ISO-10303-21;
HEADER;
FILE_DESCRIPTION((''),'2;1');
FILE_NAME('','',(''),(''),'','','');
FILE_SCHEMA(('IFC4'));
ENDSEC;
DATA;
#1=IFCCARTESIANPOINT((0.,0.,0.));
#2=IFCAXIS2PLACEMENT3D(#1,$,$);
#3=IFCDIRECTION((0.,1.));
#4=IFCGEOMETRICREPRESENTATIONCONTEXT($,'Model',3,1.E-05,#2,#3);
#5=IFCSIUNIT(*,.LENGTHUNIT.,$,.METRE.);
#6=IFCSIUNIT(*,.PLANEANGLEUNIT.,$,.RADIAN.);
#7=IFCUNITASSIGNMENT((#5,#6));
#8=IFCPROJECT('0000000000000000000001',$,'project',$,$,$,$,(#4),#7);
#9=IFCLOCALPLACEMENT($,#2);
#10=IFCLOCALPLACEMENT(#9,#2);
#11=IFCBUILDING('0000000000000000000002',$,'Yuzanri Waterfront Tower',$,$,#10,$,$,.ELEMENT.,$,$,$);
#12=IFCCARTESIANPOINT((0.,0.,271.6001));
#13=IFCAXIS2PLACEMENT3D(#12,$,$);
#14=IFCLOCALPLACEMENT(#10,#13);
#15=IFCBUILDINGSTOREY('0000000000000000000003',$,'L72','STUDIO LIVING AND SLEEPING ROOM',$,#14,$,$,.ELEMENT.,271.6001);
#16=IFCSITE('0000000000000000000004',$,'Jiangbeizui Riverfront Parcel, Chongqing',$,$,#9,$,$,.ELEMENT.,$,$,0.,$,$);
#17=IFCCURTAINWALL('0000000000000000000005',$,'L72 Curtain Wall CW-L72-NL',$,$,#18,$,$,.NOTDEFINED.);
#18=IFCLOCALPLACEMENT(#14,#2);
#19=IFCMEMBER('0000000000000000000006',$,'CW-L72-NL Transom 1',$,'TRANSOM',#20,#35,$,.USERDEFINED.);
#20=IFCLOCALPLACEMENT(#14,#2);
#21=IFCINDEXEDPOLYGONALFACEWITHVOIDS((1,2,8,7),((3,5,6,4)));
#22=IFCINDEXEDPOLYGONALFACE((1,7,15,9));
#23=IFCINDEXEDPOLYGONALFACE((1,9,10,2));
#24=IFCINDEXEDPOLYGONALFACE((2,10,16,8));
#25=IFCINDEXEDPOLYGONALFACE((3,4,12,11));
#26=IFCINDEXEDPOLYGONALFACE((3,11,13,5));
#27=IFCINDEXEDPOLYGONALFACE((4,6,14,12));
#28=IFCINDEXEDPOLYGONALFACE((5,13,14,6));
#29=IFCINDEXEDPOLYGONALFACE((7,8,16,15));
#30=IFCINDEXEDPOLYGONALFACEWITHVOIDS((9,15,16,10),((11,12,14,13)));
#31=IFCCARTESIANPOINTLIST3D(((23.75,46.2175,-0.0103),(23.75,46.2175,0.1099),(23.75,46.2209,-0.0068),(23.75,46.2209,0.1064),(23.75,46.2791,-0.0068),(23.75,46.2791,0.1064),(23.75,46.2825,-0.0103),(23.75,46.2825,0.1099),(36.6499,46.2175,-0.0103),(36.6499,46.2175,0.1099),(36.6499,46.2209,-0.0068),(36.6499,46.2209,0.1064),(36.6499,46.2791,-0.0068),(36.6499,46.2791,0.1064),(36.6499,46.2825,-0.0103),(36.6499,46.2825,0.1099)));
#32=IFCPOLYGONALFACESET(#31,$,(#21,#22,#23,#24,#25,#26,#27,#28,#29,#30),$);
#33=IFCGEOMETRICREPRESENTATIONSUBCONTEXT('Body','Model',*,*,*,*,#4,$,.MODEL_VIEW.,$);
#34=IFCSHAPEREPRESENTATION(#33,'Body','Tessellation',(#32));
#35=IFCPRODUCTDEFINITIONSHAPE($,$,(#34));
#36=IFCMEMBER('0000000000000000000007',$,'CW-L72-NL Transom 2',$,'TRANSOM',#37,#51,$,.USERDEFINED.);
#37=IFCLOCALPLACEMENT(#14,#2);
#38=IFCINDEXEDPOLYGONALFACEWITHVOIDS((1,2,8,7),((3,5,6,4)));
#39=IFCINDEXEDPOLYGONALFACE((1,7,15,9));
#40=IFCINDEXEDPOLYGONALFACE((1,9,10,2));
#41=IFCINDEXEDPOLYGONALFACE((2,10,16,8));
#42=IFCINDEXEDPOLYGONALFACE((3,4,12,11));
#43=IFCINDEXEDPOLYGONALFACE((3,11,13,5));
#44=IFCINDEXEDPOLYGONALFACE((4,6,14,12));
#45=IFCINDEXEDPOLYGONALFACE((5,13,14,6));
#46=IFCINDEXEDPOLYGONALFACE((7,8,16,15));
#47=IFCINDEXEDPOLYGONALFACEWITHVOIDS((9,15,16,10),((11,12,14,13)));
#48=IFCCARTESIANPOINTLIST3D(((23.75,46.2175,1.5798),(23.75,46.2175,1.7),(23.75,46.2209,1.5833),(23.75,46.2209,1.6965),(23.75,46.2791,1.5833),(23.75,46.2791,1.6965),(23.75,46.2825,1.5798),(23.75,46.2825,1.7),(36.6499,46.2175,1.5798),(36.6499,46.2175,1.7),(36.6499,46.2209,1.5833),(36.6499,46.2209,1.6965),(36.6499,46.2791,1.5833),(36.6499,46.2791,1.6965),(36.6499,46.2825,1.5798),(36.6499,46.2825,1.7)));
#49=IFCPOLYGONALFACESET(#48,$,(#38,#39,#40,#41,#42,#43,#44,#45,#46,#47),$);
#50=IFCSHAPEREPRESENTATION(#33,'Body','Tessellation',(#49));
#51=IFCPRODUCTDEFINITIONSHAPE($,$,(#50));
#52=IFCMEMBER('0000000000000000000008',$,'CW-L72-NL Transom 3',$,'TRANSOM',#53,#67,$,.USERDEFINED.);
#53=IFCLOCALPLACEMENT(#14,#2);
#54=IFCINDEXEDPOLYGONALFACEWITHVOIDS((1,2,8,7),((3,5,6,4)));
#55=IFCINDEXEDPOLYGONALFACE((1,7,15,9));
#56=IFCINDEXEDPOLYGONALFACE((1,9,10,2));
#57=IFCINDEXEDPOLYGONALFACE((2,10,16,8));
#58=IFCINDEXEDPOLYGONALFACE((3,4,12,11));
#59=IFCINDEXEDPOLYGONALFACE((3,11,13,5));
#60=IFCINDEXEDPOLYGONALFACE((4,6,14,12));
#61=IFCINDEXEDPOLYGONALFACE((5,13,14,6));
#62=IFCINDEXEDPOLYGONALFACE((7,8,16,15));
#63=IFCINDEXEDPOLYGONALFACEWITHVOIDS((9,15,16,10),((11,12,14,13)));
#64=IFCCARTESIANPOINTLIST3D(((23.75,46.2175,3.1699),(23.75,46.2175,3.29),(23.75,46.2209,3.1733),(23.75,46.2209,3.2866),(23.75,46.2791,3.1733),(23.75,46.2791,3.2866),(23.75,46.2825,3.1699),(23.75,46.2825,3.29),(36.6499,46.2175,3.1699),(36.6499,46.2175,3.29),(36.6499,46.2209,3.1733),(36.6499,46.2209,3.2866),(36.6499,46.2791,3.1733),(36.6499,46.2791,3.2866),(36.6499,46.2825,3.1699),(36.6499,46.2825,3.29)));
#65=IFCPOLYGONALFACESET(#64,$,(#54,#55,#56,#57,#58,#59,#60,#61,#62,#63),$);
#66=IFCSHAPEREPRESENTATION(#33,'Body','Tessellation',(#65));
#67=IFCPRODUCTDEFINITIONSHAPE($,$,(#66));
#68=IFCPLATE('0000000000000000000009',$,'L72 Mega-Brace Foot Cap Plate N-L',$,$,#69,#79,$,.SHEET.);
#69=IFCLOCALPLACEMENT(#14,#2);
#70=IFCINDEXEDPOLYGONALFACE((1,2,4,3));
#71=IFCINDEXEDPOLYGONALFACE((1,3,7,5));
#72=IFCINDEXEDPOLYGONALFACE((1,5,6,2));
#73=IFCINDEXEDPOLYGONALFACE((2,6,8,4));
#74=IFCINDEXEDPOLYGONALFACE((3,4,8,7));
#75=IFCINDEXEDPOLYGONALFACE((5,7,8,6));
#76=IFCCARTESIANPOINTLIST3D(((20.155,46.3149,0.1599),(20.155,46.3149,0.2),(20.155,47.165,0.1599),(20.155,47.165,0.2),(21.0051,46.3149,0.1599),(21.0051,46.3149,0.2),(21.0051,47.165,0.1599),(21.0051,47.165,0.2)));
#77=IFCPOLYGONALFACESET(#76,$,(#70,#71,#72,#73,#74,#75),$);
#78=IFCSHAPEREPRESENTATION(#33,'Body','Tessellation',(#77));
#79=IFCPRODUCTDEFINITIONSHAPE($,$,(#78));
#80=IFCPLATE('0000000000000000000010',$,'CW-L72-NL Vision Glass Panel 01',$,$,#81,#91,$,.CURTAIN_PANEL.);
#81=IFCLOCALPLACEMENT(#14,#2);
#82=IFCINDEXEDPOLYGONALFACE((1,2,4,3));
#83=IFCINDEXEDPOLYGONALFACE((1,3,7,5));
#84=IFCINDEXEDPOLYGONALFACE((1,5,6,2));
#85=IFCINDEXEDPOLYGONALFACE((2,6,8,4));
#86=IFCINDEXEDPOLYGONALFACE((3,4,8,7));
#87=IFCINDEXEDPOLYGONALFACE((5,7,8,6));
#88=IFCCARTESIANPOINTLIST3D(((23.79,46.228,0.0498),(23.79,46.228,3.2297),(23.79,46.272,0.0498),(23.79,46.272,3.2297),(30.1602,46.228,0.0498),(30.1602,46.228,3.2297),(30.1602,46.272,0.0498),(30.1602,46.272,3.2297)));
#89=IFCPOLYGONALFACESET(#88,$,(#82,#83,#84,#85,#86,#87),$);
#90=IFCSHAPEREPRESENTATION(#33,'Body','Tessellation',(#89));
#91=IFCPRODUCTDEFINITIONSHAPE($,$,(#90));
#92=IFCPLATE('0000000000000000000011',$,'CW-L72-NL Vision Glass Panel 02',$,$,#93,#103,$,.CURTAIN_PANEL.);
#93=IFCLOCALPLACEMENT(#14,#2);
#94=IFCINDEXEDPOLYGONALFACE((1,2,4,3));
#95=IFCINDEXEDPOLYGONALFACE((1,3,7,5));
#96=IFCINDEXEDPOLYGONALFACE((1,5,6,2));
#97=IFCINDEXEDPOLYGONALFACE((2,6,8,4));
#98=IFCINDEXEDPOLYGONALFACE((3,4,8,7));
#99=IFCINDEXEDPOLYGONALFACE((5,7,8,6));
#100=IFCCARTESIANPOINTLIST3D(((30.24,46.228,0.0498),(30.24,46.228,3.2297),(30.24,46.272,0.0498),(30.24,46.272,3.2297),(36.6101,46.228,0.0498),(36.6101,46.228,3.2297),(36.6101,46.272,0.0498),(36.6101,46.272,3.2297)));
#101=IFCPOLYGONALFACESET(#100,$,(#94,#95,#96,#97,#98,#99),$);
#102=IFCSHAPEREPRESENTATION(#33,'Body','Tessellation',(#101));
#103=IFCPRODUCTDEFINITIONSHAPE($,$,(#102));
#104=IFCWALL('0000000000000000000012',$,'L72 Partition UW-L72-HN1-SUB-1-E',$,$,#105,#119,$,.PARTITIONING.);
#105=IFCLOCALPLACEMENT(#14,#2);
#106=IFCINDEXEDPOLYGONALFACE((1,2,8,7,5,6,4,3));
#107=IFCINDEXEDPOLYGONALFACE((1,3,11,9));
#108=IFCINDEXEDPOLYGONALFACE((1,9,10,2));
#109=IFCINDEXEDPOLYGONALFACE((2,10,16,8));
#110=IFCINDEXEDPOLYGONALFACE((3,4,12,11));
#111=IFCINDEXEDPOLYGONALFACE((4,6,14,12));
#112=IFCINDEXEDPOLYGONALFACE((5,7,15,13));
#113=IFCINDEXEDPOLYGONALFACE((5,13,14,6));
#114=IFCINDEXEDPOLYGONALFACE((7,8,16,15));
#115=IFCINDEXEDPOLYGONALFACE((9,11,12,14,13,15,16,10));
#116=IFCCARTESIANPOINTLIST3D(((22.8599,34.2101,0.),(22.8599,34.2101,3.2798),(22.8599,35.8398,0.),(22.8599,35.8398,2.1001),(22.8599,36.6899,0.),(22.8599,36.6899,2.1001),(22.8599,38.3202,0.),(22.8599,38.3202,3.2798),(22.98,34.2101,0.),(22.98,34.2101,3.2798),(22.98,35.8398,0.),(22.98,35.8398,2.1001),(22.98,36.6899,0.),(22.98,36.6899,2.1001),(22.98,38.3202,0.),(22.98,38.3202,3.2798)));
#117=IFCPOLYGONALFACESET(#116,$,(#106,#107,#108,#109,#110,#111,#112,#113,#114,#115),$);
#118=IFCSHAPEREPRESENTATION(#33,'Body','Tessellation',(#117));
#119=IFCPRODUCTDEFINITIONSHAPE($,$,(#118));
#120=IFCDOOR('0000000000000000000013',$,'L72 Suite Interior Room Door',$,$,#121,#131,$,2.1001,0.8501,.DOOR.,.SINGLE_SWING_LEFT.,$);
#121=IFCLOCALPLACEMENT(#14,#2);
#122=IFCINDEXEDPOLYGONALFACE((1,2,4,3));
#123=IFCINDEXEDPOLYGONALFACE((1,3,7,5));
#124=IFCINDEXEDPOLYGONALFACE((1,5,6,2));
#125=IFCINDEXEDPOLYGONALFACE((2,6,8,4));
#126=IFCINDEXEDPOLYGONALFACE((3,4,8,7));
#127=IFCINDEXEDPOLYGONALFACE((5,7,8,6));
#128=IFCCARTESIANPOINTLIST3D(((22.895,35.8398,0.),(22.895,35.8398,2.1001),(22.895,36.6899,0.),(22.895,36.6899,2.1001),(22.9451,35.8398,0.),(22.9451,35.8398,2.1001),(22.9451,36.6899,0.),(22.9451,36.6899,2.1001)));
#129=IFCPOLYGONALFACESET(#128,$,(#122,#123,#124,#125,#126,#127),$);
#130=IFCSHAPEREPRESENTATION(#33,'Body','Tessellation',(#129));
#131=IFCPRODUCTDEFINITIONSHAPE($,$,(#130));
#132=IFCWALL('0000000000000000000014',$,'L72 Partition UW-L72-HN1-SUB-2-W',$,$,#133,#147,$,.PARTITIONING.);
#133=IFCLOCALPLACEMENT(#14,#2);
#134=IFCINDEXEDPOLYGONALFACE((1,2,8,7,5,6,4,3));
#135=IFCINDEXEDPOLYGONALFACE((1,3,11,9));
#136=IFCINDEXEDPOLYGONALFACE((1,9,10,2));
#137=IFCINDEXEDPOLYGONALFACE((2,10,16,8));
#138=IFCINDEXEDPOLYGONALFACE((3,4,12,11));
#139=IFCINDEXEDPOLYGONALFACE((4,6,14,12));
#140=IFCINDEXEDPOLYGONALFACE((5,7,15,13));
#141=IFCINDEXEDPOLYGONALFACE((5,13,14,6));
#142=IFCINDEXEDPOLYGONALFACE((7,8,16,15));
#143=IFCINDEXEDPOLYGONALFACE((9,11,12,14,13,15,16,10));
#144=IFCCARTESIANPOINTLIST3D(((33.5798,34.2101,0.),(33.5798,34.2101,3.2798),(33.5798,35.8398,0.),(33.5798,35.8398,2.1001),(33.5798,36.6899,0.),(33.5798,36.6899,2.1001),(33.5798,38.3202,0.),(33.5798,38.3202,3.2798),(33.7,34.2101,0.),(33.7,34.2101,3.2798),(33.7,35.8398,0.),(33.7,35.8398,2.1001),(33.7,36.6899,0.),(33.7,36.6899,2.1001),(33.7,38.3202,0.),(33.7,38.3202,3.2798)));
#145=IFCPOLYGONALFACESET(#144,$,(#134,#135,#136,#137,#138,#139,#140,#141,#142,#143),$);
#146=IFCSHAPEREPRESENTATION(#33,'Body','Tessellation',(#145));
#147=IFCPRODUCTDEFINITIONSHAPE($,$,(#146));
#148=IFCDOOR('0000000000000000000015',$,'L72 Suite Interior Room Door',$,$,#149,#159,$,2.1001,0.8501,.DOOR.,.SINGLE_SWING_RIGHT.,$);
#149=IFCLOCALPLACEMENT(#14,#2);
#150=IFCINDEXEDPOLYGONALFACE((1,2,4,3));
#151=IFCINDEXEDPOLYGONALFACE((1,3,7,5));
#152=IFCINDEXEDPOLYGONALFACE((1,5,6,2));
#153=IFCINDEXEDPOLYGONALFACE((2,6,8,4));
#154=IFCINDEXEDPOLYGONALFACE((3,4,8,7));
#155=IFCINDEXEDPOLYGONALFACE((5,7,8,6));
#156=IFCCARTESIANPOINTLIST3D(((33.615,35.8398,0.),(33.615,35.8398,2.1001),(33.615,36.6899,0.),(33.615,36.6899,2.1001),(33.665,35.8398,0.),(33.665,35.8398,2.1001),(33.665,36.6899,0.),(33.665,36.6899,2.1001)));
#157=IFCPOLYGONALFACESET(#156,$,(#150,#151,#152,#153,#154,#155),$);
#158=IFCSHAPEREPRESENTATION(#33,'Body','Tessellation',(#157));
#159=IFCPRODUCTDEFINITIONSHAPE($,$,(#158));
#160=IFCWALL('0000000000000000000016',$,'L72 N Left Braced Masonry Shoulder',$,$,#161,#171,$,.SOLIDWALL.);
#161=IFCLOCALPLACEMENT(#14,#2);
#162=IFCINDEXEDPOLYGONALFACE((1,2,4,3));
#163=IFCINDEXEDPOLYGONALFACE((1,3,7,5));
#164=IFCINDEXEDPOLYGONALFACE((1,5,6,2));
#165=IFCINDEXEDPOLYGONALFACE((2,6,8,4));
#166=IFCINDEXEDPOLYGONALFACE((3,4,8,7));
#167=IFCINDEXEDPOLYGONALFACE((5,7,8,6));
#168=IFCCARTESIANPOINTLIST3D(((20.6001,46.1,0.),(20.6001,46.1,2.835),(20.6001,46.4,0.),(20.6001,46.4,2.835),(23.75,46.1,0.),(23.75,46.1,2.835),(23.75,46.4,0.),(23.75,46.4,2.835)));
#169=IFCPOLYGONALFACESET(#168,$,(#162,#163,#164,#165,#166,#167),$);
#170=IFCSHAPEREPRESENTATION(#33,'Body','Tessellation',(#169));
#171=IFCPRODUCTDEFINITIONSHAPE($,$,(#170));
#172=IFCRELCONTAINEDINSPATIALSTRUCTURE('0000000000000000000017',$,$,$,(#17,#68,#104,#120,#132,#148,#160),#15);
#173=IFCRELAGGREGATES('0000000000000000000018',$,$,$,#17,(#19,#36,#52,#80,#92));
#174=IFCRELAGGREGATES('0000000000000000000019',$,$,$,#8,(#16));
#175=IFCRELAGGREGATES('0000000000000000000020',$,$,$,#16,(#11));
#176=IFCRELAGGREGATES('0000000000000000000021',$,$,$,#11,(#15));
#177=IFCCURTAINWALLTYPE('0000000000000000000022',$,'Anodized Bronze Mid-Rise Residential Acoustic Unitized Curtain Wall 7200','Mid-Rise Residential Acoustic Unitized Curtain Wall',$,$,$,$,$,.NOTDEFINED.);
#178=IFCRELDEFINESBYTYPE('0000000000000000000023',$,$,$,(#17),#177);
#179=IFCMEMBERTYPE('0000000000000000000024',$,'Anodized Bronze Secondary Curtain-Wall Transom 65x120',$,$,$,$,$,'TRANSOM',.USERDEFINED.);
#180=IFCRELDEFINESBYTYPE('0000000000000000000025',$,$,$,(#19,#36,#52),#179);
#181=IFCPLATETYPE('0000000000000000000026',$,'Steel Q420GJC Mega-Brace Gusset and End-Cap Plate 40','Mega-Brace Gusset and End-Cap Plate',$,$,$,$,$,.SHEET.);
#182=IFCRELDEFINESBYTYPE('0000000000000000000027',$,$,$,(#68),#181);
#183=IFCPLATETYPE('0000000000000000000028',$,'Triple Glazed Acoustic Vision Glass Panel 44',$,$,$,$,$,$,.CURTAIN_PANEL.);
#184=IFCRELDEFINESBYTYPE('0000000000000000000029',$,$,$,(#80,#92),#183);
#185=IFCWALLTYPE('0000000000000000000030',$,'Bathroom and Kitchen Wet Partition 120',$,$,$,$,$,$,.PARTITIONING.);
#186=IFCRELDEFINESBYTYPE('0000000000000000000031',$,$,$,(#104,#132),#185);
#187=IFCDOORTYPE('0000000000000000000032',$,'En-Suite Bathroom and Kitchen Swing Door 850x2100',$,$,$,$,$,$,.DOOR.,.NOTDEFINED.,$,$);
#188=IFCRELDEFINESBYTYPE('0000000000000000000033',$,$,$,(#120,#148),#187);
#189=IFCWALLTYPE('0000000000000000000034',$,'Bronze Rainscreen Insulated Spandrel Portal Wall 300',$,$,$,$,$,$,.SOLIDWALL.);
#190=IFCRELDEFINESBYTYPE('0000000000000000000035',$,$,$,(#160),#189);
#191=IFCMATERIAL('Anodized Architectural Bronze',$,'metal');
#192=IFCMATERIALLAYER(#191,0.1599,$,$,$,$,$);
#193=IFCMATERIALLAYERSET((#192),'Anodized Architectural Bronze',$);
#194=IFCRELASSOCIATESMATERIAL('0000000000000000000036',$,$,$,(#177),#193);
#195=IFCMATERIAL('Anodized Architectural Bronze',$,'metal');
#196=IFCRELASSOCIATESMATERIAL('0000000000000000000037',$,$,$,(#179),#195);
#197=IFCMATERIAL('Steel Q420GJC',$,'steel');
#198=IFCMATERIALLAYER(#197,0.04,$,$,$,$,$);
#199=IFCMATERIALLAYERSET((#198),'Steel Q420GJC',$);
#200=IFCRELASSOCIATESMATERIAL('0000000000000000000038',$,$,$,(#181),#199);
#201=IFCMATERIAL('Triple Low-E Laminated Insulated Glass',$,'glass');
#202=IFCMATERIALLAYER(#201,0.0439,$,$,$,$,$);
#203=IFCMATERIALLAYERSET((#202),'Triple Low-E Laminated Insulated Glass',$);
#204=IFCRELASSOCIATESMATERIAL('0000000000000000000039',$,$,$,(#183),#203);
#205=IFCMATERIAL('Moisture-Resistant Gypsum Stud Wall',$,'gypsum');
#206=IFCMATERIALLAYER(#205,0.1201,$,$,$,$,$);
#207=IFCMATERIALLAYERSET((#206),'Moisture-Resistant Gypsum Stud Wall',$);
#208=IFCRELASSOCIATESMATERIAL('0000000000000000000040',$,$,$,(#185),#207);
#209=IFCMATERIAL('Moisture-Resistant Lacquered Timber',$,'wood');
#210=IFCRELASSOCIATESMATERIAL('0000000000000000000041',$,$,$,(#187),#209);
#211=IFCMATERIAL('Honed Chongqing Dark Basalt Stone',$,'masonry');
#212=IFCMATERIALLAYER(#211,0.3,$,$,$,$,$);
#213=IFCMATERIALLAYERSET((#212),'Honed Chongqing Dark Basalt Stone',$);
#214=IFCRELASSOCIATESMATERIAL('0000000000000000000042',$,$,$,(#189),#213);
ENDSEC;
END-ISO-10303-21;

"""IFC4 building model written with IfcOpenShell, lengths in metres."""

from ifc_helpers import new_model, si_unit, direction, frame, frame_2d, origin, origin_2d, place, context, subcontext, project, spatial, rectangle, hollow_rectangle, extrude, source, transform, mapped, material, layer, layer_set, material_profile, profile_set, type_object, element, fill, aggregate, save


model = new_model("IFC4")

# Units and contexts
model_context = context("Model", 3, precision=1e-05, world=origin(), true_north=direction((0.0, 1.0)))
body_context = subcontext(model_context, "Body", "Model", "MODEL_VIEW")
ifc_project = project(units=[si_unit("LENGTHUNIT", "METRE"), si_unit("PLANEANGLEUNIT", "RADIAN")], contexts=[model_context])

# Site, building, storey
site_placement = place(None, origin())
site = spatial("IfcSite", under=ifc_project, at=site_placement, Name="Jiangbeizui Riverfront Parcel, Chongqing", CompositionType="ELEMENT", RefElevation=0.0)
building_placement = place(site_placement, origin())
building = spatial("IfcBuilding", under=site, at=building_placement, Name="Yuzanri Waterfront Tower", CompositionType="ELEMENT")
storey_placement = place(building_placement, frame((0.0, 0.0, 271.6001)))
storey = spatial("IfcBuildingStorey", under=building, at=storey_placement, Name="L72", Description="STUDIO LIVING AND SLEEPING ROOM", CompositionType="ELEMENT", Elevation=271.6001)

# Curtain wall, members
ifc_material_1 = material(Name="Anodized Architectural Bronze", Category="metal")
ifc_layer_1 = layer(ifc_material_1, 0.1599)
ifc_layer_set_1 = layer_set([ifc_layer_1], Name="Anodized Architectural Bronze")
curtain_wall_type = type_object("IfcCurtainWallType", Name="Anodized Bronze Mid-Rise Residential Acoustic Unitized Curtain Wall 7200", Description="Mid-Rise Residential Acoustic Unitized Curtain Wall", PredefinedType="NOTDEFINED", material=ifc_layer_set_1)
curtain_wall_placement = place(storey_placement, origin())
curtain_wall = element("IfcCurtainWall", 1, at=curtain_wall_placement, inside=storey, type_object=curtain_wall_type, Name="L72 Curtain Wall CW-L72-NL", PredefinedType="NOTDEFINED")
ifc_material_2 = material(Name="Anodized Architectural Bronze", Category="metal")
ifc_material_profile_1 = material_profile(ifc_material_2, hollow_rectangle(XDim=0.0649, YDim=0.1201, WallThickness=0.0034, at=origin_2d()), Name="CWT 65x120")
ifc_profile_set_1 = profile_set([ifc_material_profile_1], Name="Anodized Architectural Bronze")
member_type_1 = type_object("IfcMemberType", Name="Anodized Bronze Secondary Curtain-Wall Transom 65x120", ElementType="TRANSOM", PredefinedType="USERDEFINED", material=ifc_profile_set_1)
shared_shape_1 = source(origin(), body_context, "Body", "SweptSolid", [
    extrude(hollow_rectangle(XDim=0.0649, YDim=0.1201, WallThickness=0.0034, at=origin_2d()), origin(), (0.0, 0.0, 1.0), 12.8999),
])
member_1_placement = place(storey_placement, frame((23.75, 46.25, 0.0498), z_axis=(1.0, 0.0, 0.0), x_axis=(0.0, 1.0, 0.0)))
member_1 = element("IfcMember", 2, at=member_1_placement, type_object=member_type_1, Name="CW-L72-NL Transom 1", ObjectType="TRANSOM", PredefinedType="USERDEFINED", context=body_context, shape_type="MappedRepresentation", body=[
    mapped(shared_shape_1, transform((0.0, 0.0, 0.0), scale=1.0)),
])
member_2_placement = place(storey_placement, frame((23.75, 46.25, 1.6399), z_axis=(1.0, 0.0, 0.0), x_axis=(0.0, 1.0, 0.0)))
member_2 = element("IfcMember", 3, at=member_2_placement, type_object=member_type_1, Name="CW-L72-NL Transom 2", ObjectType="TRANSOM", PredefinedType="USERDEFINED", context=body_context, shape_type="MappedRepresentation", body=[
    mapped(shared_shape_1, transform((0.0, 0.0, 0.0), scale=1.0)),
])
member_3_placement = place(storey_placement, frame((23.75, 46.25, 3.23), z_axis=(1.0, 0.0, 0.0), x_axis=(0.0, 1.0, 0.0)))
member_3 = element("IfcMember", 4, at=member_3_placement, type_object=member_type_1, Name="CW-L72-NL Transom 3", ObjectType="TRANSOM", PredefinedType="USERDEFINED", context=body_context, shape_type="MappedRepresentation", body=[
    mapped(shared_shape_1, transform((0.0, 0.0, 0.0), scale=1.0)),
])

# Plates
ifc_material_3 = material(Name="Steel Q420GJC", Category="steel")
ifc_layer_2 = layer(ifc_material_3, 0.04)
ifc_layer_set_2 = layer_set([ifc_layer_2], Name="Steel Q420GJC")
plate_type_1 = type_object("IfcPlateType", Name="Steel Q420GJC Mega-Brace Gusset and End-Cap Plate 40", Description="Mega-Brace Gusset and End-Cap Plate", PredefinedType="SHEET", material=ifc_layer_set_2)
shared_shape_2 = source(origin(), body_context, "Body", "SweptSolid", [
    extrude(rectangle(XDim=0.8501, YDim=0.8501, at=origin_2d()), origin(), (0.0, 0.0, 1.0), 0.04),
])
plate_1_placement = place(storey_placement, frame((20.5801, 46.74, 0.1599), z_axis=(0.0, 0.0, 1.0), x_axis=(1.0, 0.0, 0.0)))
element("IfcPlate", 5, at=plate_1_placement, inside=storey, type_object=plate_type_1, Name="L72 Mega-Brace Foot Cap Plate N-L", PredefinedType="SHEET", context=body_context, shape_type="MappedRepresentation", body=[
    mapped(shared_shape_2, transform((0.0, 0.0, 0.0), scale=1.0)),
])
ifc_material_4 = material(Name="Triple Low-E Laminated Insulated Glass", Category="glass")
ifc_layer_3 = layer(ifc_material_4, 0.0439)
ifc_layer_set_3 = layer_set([ifc_layer_3], Name="Triple Low-E Laminated Insulated Glass")
plate_type_2 = type_object("IfcPlateType", Name="Triple Glazed Acoustic Vision Glass Panel 44", PredefinedType="CURTAIN_PANEL", material=ifc_layer_set_3)
shared_shape_3 = source(origin(), body_context, "Body", "SweptSolid", [
    extrude(rectangle(XDim=6.3701, YDim=0.0439, at=origin_2d()), origin(), (0.0, 0.0, 1.0), 3.1799),
])
plate_2_placement = place(storey_placement, frame((26.9751, 46.25, 0.0498), z_axis=(0.0, 0.0, 1.0), x_axis=(1.0, 0.0, 0.0)))
plate_2 = element("IfcPlate", 6, at=plate_2_placement, type_object=plate_type_2, Name="CW-L72-NL Vision Glass Panel 01", PredefinedType="CURTAIN_PANEL", context=body_context, shape_type="MappedRepresentation", body=[
    mapped(shared_shape_3, transform((0.0, 0.0, 0.0), scale=1.0)),
])
plate_3_placement = place(storey_placement, frame((33.425, 46.25, 0.0498), z_axis=(0.0, 0.0, 1.0), x_axis=(1.0, 0.0, 0.0)))
plate_3 = element("IfcPlate", 7, at=plate_3_placement, type_object=plate_type_2, Name="CW-L72-NL Vision Glass Panel 02", PredefinedType="CURTAIN_PANEL", context=body_context, shape_type="MappedRepresentation", body=[
    mapped(shared_shape_3, transform((0.0, 0.0, 0.0), scale=1.0)),
])
aggregate(curtain_wall, [member_1, member_2, member_3, plate_2, plate_3])

# Walls, openings, doors
ifc_material_5 = material(Name="Moisture-Resistant Gypsum Stud Wall", Category="gypsum")
ifc_layer_4 = layer(ifc_material_5, 0.1201)
ifc_layer_set_4 = layer_set([ifc_layer_4], Name="Moisture-Resistant Gypsum Stud Wall")
wall_type_1 = type_object("IfcWallType", Name="Bathroom and Kitchen Wet Partition 120", PredefinedType="PARTITIONING", material=ifc_layer_set_4)
wall_1_placement = place(storey_placement, frame((22.9199, 34.21, 0.0), z_axis=(0.0, 0.0, 1.0), x_axis=(0.0, 1.0, 0.0)))
wall_1 = element("IfcWall", 8, at=wall_1_placement, inside=storey, type_object=wall_type_1, Name="L72 Partition UW-L72-HN1-SUB-1-E", PredefinedType="PARTITIONING", context=body_context, shape_type="SweptSolid", body=[
    extrude(rectangle(XDim=4.1101, YDim=0.1201, at=frame_2d((2.0552, 0.0))), origin(), (0.0, 0.0, 1.0), 3.2798),
])
opening_1_placement = place(wall_1_placement, frame((1.6299, 0.0, 0.0)))
opening_1 = element("IfcOpeningElement", 9, at=opening_1_placement, cuts=wall_1, PredefinedType="OPENING", context=body_context, shape_type="SweptSolid", body=[
    extrude(rectangle(XDim=0.8501, YDim=2.1001, at=frame_2d((0.425, 1.05))), frame((0.0, 0.075, 0.0), z_axis=(0.0, -1.0, 0.0), x_axis=(1.0, 0.0, 0.0)), (0.0, 0.0, 1.0), 0.1499),
])
ifc_material_6 = material(Name="Moisture-Resistant Lacquered Timber", Category="wood")
door_type = type_object("IfcDoorType", Name="En-Suite Bathroom and Kitchen Swing Door 850x2100", OperationType="NOTDEFINED", PredefinedType="DOOR", material=ifc_material_6)
shared_shape_4 = source(origin(), body_context, "Body", "SweptSolid", [
    extrude(rectangle(XDim=0.8501, YDim=2.1001, at=frame_2d((0.425, 1.05))), frame((0.0, 0.0249, 0.0), z_axis=(0.0, -1.0, 0.0), x_axis=(1.0, 0.0, 0.0)), (0.0, 0.0, 1.0), 0.05),
])
door_1_placement = place(opening_1_placement, origin())
door_1 = element("IfcDoor", 10, at=door_1_placement, inside=storey, type_object=door_type, Name="L72 Suite Interior Room Door", OperationType="SINGLE_SWING_LEFT", OverallHeight=2.1001, OverallWidth=0.8501, PredefinedType="DOOR", context=body_context, shape_type="MappedRepresentation", body=[
    mapped(shared_shape_4, transform((0.0, 0.0, 0.0), scale=1.0)),
])
fill(opening_1, door_1)
wall_2_placement = place(storey_placement, frame((33.6399, 34.21, 0.0), z_axis=(0.0, 0.0, 1.0), x_axis=(0.0, 1.0, 0.0)))
wall_2 = element("IfcWall", 11, at=wall_2_placement, inside=storey, type_object=wall_type_1, Name="L72 Partition UW-L72-HN1-SUB-2-W", PredefinedType="PARTITIONING", context=body_context, shape_type="SweptSolid", body=[
    extrude(rectangle(XDim=4.1101, YDim=0.1201, at=frame_2d((2.0552, 0.0))), origin(), (0.0, 0.0, 1.0), 3.2798),
])
opening_2_placement = place(wall_2_placement, frame((1.6299, 0.0, 0.0)))
opening_2 = element("IfcOpeningElement", 12, at=opening_2_placement, cuts=wall_2, PredefinedType="OPENING", context=body_context, shape_type="SweptSolid", body=[
    extrude(rectangle(XDim=0.8501, YDim=2.1001, at=frame_2d((0.425, 1.05))), frame((0.0, 0.075, 0.0), z_axis=(0.0, -1.0, 0.0), x_axis=(1.0, 0.0, 0.0)), (0.0, 0.0, 1.0), 0.1499),
])
door_2_placement = place(opening_2_placement, origin())
door_2 = element("IfcDoor", 13, at=door_2_placement, inside=storey, type_object=door_type, Name="L72 Suite Interior Room Door", OperationType="SINGLE_SWING_RIGHT", OverallHeight=2.1001, OverallWidth=0.8501, PredefinedType="DOOR", context=body_context, shape_type="MappedRepresentation", body=[
    mapped(shared_shape_4, transform((0.0, 0.0, 0.0), scale=1.0)),
])
fill(opening_2, door_2)

# Wall
ifc_material_7 = material(Name="Honed Chongqing Dark Basalt Stone", Category="masonry")
ifc_layer_5 = layer(ifc_material_7, 0.3)
ifc_layer_set_5 = layer_set([ifc_layer_5], Name="Honed Chongqing Dark Basalt Stone")
wall_type_2 = type_object("IfcWallType", Name="Bronze Rainscreen Insulated Spandrel Portal Wall 300", PredefinedType="SOLIDWALL", material=ifc_layer_set_5)
shared_shape_5 = source(origin(), body_context, "Body", "SweptSolid", [
    extrude(rectangle(XDim=3.1499, YDim=0.3, at=frame_2d((1.575, 0.0))), origin(), (0.0, 0.0, 1.0), 2.835),
])
wall_3_placement = place(storey_placement, frame((20.6001, 46.25, 0.0), z_axis=(0.0, 0.0, 1.0), x_axis=(1.0, 0.0, 0.0)))
element("IfcWall", 14, at=wall_3_placement, inside=storey, type_object=wall_type_2, Name="L72 N Left Braced Masonry Shoulder", PredefinedType="SOLIDWALL", context=body_context, shape_type="MappedRepresentation", body=[
    mapped(shared_shape_5, transform((0.0, 0.0, 0.0), scale=1.0)),
])

save(model, "model.ifc")
